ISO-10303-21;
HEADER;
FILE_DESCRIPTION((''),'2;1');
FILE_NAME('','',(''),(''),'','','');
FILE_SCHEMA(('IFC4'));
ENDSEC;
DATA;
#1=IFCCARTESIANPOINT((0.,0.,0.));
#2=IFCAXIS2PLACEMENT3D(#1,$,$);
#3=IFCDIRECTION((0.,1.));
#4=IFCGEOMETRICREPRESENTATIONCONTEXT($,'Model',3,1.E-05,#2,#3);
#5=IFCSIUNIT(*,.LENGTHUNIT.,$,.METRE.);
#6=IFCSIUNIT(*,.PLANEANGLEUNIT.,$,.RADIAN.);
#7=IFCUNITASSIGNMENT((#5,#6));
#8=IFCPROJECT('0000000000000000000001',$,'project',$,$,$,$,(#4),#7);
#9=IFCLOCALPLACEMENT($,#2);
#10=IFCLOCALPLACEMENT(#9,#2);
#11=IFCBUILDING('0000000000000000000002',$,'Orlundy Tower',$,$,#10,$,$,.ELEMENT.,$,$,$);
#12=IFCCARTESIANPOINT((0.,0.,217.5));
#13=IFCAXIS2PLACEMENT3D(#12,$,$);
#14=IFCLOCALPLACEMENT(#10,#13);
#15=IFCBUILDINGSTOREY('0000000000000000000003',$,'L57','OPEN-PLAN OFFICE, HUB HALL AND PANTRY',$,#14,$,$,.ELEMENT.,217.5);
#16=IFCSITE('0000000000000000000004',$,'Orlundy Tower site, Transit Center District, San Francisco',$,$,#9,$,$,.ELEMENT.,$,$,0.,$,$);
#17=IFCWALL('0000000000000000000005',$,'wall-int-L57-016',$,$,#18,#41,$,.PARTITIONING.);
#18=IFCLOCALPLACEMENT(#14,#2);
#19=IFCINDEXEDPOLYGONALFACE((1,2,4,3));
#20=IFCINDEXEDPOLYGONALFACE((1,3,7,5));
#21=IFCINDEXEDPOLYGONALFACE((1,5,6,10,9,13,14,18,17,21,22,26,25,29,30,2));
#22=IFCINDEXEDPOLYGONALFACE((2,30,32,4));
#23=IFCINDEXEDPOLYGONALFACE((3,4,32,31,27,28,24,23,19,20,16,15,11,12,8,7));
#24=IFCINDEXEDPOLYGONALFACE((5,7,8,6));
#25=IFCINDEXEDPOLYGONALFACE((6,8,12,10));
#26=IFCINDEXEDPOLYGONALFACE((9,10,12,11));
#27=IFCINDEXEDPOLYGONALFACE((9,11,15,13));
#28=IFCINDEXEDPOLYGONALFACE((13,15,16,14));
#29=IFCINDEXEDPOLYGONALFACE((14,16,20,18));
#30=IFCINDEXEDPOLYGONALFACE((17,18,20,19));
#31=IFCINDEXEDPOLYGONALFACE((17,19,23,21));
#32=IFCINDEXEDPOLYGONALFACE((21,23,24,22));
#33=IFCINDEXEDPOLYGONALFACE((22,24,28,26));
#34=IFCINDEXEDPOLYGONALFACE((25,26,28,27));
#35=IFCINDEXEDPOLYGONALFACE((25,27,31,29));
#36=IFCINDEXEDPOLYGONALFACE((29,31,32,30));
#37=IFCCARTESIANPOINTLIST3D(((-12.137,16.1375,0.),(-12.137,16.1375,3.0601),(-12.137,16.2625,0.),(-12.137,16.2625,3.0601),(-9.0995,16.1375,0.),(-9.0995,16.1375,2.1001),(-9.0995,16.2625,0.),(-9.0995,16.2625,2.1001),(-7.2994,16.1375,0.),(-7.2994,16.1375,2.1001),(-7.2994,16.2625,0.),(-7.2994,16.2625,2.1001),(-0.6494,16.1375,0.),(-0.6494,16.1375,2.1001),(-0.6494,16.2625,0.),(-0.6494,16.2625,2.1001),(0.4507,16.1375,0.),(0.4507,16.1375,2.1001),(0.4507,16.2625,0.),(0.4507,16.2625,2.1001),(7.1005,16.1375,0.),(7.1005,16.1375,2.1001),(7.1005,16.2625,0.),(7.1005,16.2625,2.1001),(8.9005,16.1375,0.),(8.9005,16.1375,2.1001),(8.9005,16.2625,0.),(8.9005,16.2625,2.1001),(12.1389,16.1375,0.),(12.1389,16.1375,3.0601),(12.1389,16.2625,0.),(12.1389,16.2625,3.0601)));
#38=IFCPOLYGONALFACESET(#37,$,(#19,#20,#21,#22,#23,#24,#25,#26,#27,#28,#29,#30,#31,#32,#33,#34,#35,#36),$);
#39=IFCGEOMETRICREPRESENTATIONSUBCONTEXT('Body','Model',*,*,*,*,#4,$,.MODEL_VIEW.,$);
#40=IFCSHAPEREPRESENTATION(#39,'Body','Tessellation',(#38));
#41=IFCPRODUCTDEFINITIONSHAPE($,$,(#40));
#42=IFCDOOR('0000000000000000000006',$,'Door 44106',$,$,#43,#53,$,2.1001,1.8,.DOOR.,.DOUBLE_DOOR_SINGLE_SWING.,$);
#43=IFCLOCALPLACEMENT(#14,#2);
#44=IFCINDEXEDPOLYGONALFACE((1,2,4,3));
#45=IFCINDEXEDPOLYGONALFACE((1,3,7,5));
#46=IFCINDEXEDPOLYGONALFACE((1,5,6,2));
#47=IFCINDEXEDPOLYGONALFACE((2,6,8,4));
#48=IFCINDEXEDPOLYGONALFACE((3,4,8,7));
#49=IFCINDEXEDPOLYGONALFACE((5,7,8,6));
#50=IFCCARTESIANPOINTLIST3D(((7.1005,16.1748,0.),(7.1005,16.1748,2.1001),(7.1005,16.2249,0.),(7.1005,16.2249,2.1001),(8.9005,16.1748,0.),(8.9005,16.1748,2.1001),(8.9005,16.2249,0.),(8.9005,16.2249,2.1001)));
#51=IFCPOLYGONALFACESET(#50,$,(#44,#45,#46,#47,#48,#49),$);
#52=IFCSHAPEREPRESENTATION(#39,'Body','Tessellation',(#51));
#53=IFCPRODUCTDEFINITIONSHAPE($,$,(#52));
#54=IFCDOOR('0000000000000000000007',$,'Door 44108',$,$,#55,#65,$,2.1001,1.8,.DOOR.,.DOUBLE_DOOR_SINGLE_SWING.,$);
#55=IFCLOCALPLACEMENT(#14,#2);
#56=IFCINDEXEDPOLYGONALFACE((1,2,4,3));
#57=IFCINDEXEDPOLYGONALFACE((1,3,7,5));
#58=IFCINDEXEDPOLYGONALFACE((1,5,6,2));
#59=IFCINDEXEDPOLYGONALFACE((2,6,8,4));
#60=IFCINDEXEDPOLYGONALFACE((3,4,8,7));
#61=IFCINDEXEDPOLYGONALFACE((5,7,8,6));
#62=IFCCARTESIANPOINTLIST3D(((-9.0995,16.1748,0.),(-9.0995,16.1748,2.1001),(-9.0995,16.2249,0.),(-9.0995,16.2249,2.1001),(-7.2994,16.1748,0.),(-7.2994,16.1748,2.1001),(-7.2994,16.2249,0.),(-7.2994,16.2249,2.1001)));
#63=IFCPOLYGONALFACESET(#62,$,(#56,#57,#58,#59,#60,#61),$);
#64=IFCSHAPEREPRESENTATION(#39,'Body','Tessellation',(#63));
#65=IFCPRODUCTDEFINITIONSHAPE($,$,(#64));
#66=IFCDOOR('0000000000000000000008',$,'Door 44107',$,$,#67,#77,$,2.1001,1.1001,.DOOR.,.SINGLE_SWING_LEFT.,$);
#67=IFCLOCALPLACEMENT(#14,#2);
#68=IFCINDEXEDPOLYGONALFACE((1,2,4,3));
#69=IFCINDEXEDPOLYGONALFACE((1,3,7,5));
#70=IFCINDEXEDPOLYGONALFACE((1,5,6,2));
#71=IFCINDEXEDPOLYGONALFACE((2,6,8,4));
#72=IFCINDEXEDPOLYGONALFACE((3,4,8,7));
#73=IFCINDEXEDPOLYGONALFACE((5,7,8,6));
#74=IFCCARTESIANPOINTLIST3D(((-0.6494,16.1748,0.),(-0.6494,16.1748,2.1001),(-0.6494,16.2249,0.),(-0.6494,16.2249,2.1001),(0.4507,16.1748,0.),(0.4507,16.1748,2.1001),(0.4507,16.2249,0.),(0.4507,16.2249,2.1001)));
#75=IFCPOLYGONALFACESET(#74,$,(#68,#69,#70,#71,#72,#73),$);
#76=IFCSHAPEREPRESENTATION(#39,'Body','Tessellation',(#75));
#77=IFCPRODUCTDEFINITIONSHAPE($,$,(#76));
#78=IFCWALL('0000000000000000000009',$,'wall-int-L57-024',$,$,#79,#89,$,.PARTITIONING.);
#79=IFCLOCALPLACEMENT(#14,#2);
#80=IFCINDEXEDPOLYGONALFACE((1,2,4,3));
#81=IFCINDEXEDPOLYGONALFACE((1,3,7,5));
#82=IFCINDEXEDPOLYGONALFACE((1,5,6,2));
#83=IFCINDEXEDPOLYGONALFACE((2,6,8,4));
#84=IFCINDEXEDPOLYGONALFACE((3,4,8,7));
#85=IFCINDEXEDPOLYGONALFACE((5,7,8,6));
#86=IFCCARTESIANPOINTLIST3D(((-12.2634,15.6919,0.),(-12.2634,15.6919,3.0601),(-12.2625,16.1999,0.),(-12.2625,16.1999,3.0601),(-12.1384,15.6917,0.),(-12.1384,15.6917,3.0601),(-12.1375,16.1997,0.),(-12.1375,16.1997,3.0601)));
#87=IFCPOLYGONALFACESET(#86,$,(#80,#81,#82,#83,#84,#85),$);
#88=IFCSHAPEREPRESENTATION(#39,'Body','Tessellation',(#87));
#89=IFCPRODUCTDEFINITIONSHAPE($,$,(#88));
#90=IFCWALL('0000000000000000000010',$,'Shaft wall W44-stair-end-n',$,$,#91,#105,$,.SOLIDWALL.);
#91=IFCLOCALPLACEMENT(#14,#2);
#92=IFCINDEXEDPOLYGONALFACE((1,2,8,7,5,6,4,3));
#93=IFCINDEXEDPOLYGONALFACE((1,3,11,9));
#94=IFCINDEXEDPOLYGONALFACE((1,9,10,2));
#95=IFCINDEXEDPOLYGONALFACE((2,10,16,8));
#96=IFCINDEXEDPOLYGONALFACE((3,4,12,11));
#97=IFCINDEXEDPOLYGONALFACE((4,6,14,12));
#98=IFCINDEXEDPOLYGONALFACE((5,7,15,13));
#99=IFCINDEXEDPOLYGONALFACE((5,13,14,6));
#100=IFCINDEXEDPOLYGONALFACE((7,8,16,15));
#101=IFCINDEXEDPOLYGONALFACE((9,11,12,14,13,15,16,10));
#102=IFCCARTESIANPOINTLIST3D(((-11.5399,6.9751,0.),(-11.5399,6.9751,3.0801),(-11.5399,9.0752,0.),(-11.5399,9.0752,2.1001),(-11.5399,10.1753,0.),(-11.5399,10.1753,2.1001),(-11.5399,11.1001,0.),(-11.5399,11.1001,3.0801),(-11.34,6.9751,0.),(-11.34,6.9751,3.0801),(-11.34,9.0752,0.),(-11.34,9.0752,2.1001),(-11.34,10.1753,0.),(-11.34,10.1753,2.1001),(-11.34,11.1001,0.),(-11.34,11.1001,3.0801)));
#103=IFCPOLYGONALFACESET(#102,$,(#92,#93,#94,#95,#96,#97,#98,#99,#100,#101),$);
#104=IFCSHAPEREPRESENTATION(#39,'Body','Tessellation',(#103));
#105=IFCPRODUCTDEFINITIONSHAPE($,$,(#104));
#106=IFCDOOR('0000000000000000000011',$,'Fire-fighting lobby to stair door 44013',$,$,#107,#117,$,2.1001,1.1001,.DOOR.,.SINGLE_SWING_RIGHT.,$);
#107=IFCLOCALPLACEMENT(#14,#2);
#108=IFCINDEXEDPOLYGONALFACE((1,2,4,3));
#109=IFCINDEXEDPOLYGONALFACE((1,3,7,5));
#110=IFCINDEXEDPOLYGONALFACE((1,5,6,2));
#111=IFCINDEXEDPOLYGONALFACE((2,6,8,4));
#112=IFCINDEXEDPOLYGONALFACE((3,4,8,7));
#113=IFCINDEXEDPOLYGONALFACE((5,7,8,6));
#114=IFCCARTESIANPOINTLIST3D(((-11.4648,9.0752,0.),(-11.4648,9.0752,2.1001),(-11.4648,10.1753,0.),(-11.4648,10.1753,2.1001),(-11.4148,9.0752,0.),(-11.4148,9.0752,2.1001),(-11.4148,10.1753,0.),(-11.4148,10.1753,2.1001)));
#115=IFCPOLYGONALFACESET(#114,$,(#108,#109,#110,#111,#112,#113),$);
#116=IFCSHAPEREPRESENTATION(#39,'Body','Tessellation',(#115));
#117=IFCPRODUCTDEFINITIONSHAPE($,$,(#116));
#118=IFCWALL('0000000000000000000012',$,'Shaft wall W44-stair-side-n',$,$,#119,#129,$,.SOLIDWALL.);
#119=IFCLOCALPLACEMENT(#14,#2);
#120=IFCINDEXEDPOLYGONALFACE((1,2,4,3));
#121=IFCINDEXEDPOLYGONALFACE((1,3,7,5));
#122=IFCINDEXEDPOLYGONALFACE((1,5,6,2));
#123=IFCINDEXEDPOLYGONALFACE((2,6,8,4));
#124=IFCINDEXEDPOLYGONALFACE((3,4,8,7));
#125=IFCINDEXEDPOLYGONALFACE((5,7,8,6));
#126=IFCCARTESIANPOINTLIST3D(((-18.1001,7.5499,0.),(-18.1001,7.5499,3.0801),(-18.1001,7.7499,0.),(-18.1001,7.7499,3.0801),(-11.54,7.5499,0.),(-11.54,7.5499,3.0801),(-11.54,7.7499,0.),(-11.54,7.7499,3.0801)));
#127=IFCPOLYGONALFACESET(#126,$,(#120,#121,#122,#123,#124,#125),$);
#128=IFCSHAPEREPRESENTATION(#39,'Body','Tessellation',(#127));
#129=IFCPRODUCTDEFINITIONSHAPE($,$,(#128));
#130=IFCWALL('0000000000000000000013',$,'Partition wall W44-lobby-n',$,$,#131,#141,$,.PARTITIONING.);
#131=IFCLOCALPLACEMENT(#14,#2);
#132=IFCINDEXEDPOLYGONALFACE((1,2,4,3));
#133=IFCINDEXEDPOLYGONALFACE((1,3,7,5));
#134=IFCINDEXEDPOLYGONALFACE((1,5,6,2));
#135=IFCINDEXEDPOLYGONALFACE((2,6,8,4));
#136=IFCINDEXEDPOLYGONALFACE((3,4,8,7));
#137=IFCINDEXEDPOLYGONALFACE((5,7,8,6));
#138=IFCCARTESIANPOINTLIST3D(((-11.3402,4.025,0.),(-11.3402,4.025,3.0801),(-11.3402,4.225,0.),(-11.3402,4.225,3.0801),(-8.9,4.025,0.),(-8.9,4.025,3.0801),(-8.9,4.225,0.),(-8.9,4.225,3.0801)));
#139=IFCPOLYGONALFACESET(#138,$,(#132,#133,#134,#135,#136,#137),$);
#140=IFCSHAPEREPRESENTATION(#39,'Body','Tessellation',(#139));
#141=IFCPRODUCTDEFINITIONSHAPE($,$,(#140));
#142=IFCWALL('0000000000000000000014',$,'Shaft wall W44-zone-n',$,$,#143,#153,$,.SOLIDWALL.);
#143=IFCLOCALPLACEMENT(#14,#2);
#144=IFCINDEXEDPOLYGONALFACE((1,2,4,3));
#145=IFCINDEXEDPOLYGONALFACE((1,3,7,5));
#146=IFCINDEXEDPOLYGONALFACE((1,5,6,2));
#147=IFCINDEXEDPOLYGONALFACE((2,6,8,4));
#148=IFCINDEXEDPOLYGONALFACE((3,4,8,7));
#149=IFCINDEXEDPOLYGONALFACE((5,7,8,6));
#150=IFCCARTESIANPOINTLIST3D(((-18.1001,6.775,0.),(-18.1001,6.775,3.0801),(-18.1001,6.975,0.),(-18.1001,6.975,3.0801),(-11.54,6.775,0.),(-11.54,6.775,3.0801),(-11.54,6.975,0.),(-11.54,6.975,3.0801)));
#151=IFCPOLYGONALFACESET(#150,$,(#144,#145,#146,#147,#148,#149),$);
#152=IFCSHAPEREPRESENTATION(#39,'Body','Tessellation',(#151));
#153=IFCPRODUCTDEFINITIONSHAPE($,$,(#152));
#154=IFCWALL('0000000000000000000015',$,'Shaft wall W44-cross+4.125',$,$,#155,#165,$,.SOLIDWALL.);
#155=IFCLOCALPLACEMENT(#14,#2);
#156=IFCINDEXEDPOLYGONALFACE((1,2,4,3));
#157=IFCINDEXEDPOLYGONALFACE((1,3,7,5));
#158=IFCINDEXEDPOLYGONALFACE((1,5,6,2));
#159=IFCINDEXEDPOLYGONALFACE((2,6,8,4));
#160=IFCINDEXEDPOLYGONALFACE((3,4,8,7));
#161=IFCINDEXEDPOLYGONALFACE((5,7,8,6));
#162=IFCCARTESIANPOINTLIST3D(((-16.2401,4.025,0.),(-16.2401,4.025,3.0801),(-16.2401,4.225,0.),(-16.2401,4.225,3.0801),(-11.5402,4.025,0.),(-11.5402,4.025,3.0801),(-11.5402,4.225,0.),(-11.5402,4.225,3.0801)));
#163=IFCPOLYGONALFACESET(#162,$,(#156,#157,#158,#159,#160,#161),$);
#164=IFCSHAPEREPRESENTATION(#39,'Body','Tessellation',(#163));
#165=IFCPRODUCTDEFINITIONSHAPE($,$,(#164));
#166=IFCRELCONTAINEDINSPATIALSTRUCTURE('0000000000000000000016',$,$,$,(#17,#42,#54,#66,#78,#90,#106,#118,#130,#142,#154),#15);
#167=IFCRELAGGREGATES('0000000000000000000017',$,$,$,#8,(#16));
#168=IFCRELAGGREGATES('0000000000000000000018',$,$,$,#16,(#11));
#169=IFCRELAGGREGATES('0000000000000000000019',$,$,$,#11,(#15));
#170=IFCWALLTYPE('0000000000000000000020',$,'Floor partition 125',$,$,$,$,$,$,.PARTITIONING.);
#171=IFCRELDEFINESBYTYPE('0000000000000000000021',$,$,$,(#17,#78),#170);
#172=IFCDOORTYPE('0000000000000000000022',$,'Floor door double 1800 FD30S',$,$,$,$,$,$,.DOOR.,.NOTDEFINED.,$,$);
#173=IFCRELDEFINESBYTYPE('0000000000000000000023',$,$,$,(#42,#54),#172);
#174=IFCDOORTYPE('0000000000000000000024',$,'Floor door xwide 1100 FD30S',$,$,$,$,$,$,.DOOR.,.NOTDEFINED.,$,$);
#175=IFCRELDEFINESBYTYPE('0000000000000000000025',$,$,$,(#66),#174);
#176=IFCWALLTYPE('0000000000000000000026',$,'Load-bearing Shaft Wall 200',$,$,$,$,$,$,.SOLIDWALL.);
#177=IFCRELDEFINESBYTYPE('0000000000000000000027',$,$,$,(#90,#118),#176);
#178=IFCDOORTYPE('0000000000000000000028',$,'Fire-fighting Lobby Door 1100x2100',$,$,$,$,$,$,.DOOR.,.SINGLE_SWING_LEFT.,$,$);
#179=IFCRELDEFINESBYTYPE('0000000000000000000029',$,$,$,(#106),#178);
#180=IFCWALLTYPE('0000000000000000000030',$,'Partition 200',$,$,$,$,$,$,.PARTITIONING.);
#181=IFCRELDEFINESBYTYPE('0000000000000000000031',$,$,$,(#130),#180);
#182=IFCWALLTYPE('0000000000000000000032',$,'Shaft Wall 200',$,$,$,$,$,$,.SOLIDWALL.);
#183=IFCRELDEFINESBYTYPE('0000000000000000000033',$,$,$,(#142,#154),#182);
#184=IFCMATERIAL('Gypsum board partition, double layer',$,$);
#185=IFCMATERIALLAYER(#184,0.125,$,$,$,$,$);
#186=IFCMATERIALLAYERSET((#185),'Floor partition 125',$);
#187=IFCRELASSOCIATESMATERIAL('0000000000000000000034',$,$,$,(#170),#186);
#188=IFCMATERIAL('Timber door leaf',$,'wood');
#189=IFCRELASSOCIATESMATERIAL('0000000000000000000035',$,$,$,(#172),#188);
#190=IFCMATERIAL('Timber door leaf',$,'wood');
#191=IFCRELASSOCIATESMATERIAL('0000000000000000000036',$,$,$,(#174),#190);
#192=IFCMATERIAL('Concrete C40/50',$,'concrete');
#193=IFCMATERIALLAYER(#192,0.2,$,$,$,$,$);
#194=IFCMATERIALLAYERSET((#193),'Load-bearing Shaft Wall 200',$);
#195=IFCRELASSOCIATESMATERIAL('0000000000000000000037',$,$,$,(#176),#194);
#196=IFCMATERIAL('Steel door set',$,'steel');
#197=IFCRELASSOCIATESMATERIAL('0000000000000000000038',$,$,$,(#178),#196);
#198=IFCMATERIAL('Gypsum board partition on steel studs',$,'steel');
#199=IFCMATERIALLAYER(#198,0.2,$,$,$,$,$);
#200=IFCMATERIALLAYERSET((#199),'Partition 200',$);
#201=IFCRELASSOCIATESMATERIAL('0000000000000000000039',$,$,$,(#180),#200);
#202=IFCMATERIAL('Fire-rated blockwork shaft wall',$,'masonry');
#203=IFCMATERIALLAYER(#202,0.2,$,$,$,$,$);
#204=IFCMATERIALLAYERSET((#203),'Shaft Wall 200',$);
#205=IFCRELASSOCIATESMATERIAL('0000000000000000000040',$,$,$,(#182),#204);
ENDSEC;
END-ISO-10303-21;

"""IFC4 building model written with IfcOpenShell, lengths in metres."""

from ifc_helpers import new_model, si_unit, direction, frame, frame_2d, origin, place, context, subcontext, project, spatial, rectangle, extrude, material, layer, layer_set, type_object, element, fill, save


model = new_model("IFC4")

# Units and contexts
model_context = context("Model", 3, precision=1e-05, world=origin(), true_north=direction((0.0, 1.0)))
body_context = subcontext(model_context, "Body", "Model", "MODEL_VIEW")
ifc_project = project(units=[si_unit("LENGTHUNIT", "METRE"), si_unit("PLANEANGLEUNIT", "RADIAN")], contexts=[model_context])

# Site, building, storey
site_placement = place(None, origin())
site = spatial("IfcSite", under=ifc_project, at=site_placement, Name="Orlundy Tower site, Transit Center District, San Francisco", CompositionType="ELEMENT", RefElevation=0.0)
building_placement = place(site_placement, origin())
building = spatial("IfcBuilding", under=site, at=building_placement, Name="Orlundy Tower", CompositionType="ELEMENT")
storey_placement = place(building_placement, frame((0.0, 0.0, 217.5)))
storey = spatial("IfcBuildingStorey", under=building, at=storey_placement, Name="L57", Description="OPEN-PLAN OFFICE, HUB HALL AND PANTRY", CompositionType="ELEMENT", Elevation=217.5)

# Shared definitions
ifc_material_1 = material(Name="Gypsum board partition, double layer")
ifc_layer_1 = layer(ifc_material_1, 0.125)
ifc_layer_set_1 = layer_set([ifc_layer_1], Name="Floor partition 125")
wall_type_1 = type_object("IfcWallType", Name="Floor partition 125", PredefinedType="PARTITIONING", material=ifc_layer_set_1)

# Wall, openings, doors
wall_1_placement = place(storey_placement, frame((-12.137, 16.2, 0.0), z_axis=(0.0, 0.0, 1.0), x_axis=(1.0, 0.0, 0.0)))
wall_1 = element("IfcWall", 1, at=wall_1_placement, inside=storey, type_object=wall_type_1, Name="wall-int-L57-016", PredefinedType="PARTITIONING", context=body_context, shape_type="SweptSolid", body=[
    extrude(rectangle(XDim=24.2759, YDim=0.125, at=frame_2d((12.1379, 0.0))), origin(), (0.0, 0.0, 1.0), 3.0601),
])
opening_1_placement = place(wall_1_placement, frame((19.2375, 0.0, 0.0)))
opening_1 = element("IfcOpeningElement", 2, at=opening_1_placement, cuts=wall_1, PredefinedType="OPENING", context=body_context, shape_type="SweptSolid", body=[
    extrude(rectangle(XDim=1.8, YDim=2.1001, at=frame_2d((0.8999, 1.05))), frame((0.0, 0.0725, 0.0), z_axis=(0.0, -1.0, 0.0), x_axis=(1.0, 0.0, 0.0)), (0.0, 0.0, 1.0), 0.145),
])
opening_2_placement = place(wall_1_placement, frame((11.4875, 0.0, 0.0)))
opening_2 = element("IfcOpeningElement", 3, at=opening_2_placement, cuts=wall_1, PredefinedType="OPENING", context=body_context, shape_type="SweptSolid", body=[
    extrude(rectangle(XDim=1.1001, YDim=2.1001, at=frame_2d((0.55, 1.05))), frame((0.0, 0.0725, 0.0), z_axis=(0.0, -1.0, 0.0), x_axis=(1.0, 0.0, 0.0)), (0.0, 0.0, 1.0), 0.145),
])
opening_3_placement = place(wall_1_placement, frame((3.0376, 0.0, 0.0)))
opening_3 = element("IfcOpeningElement", 4, at=opening_3_placement, cuts=wall_1, PredefinedType="OPENING", context=body_context, shape_type="SweptSolid", body=[
    extrude(rectangle(XDim=1.8, YDim=2.1001, at=frame_2d((0.8999, 1.05))), frame((0.0, 0.0725, 0.0), z_axis=(0.0, -1.0, 0.0), x_axis=(1.0, 0.0, 0.0)), (0.0, 0.0, 1.0), 0.145),
])
ifc_material_2 = material(Name="Timber door leaf", Category="wood")
door_type_1 = type_object("IfcDoorType", Name="Floor door double 1800 FD30S", OperationType="NOTDEFINED", PredefinedType="DOOR", material=ifc_material_2)
door_1_placement = place(opening_1_placement, origin())
door_1 = element("IfcDoor", 5, at=door_1_placement, inside=storey, type_object=door_type_1, Name="Door 44106", OperationType="DOUBLE_DOOR_SINGLE_SWING", OverallHeight=2.1001, OverallWidth=1.8, PredefinedType="DOOR", context=body_context, shape_type="SweptSolid", body=[
    extrude(rectangle(XDim=1.8, YDim=2.1001, at=frame_2d((0.8999, 1.05))), frame((0.0, 0.0249, 0.0), z_axis=(0.0, -1.0, 0.0), x_axis=(1.0, 0.0, 0.0)), (0.0, 0.0, 1.0), 0.05),
])
fill(opening_1, door_1)
door_2_placement = place(opening_3_placement, origin())
door_2 = element("IfcDoor", 6, at=door_2_placement, inside=storey, type_object=door_type_1, Name="Door 44108", OperationType="DOUBLE_DOOR_SINGLE_SWING", OverallHeight=2.1001, OverallWidth=1.8, PredefinedType="DOOR", context=body_context, shape_type="SweptSolid", body=[
    extrude(rectangle(XDim=1.8, YDim=2.1001, at=frame_2d((0.8999, 1.05))), frame((0.0, 0.0249, 0.0), z_axis=(0.0, -1.0, 0.0), x_axis=(1.0, 0.0, 0.0)), (0.0, 0.0, 1.0), 0.05),
])
fill(opening_3, door_2)
ifc_material_3 = material(Name="Timber door leaf", Category="wood")
door_type_2 = type_object("IfcDoorType", Name="Floor door xwide 1100 FD30S", OperationType="NOTDEFINED", PredefinedType="DOOR", material=ifc_material_3)
door_3_placement = place(opening_2_placement, origin())
door_3 = element("IfcDoor", 7, at=door_3_placement, inside=storey, type_object=door_type_2, Name="Door 44107", OperationType="SINGLE_SWING_LEFT", OverallHeight=2.1001, OverallWidth=1.1001, PredefinedType="DOOR", context=body_context, shape_type="SweptSolid", body=[
    extrude(rectangle(XDim=1.1001, YDim=2.1001, at=frame_2d((0.55, 1.05))), frame((0.0, 0.0249, 0.0), z_axis=(0.0, -1.0, 0.0), x_axis=(1.0, 0.0, 0.0)), (0.0, 0.0, 1.0), 0.05),
])
fill(opening_2, door_3)

# Wall
wall_2_placement = place(storey_placement, frame((-12.2009, 15.6919, 0.0), z_axis=(0.0, 0.0, 1.0), x_axis=(0.001922, 0.999998, 0.0)))
element("IfcWall", 8, at=wall_2_placement, inside=storey, type_object=wall_type_1, Name="wall-int-L57-024", PredefinedType="PARTITIONING", context=body_context, shape_type="SweptSolid", body=[
    extrude(rectangle(XDim=0.5081, YDim=0.125, at=frame_2d((0.2539, 0.0))), origin(), (0.0, 0.0, 1.0), 3.0601),
])

# Wall, opening, door
ifc_material_4 = material(Name="Concrete C40/50", Category="concrete")
ifc_layer_2 = layer(ifc_material_4, 0.2)
ifc_layer_set_2 = layer_set([ifc_layer_2], Name="Load-bearing Shaft Wall 200")
wall_type_2 = type_object("IfcWallType", Name="Load-bearing Shaft Wall 200", PredefinedType="SOLIDWALL", material=ifc_layer_set_2)
wall_3_placement = place(storey_placement, frame((-11.4399, 6.9751, 0.0), z_axis=(0.0, 0.0, 1.0), x_axis=(0.0, 1.0, 0.0)))
wall_3 = element("IfcWall", 9, at=wall_3_placement, inside=storey, type_object=wall_type_2, Name="Shaft wall W44-stair-end-n", PredefinedType="SOLIDWALL", context=body_context, shape_type="SweptSolid", body=[
    extrude(rectangle(XDim=4.125, YDim=0.2, at=frame_2d((2.0625, 0.0))), origin(), (0.0, 0.0, 1.0), 3.0801),
])
opening_4_placement = place(wall_3_placement, frame((2.1001, 0.0, 0.0)))
opening_4 = element("IfcOpeningElement", 10, at=opening_4_placement, cuts=wall_3, PredefinedType="OPENING", context=body_context, shape_type="SweptSolid", body=[
    extrude(rectangle(XDim=1.1001, YDim=2.1001, at=frame_2d((0.55, 1.05))), frame((0.0, 0.1101, 0.0), z_axis=(0.0, -1.0, 0.0), x_axis=(1.0, 0.0, 0.0)), (0.0, 0.0, 1.0), 0.2202),
])
ifc_material_5 = material(Name="Steel door set", Category="steel")
door_type_3 = type_object("IfcDoorType", Name="Fire-fighting Lobby Door 1100x2100", OperationType="SINGLE_SWING_LEFT", PredefinedType="DOOR", material=ifc_material_5)
door_4_placement = place(opening_4_placement, origin())
door_4 = element("IfcDoor", 11, at=door_4_placement, inside=storey, type_object=door_type_3, Name="Fire-fighting lobby to stair door 44013", OperationType="SINGLE_SWING_RIGHT", OverallHeight=2.1001, OverallWidth=1.1001, PredefinedType="DOOR", context=body_context, shape_type="SweptSolid", body=[
    extrude(rectangle(XDim=1.1001, YDim=2.1001, at=frame_2d((0.55, 1.05))), frame((0.0, 0.0249, 0.0), z_axis=(0.0, -1.0, 0.0), x_axis=(1.0, 0.0, 0.0)), (0.0, 0.0, 1.0), 0.05),
])
fill(opening_4, door_4)

# Walls
wall_4_placement = place(storey_placement, frame((-11.54, 7.6499, 0.0), z_axis=(0.0, 0.0, 1.0), x_axis=(-1.0, 0.0, 0.0)))
element("IfcWall", 12, at=wall_4_placement, inside=storey, type_object=wall_type_2, Name="Shaft wall W44-stair-side-n", PredefinedType="SOLIDWALL", context=body_context, shape_type="SweptSolid", body=[
    extrude(rectangle(XDim=6.5601, YDim=0.2, at=frame_2d((3.28, 0.0))), origin(), (0.0, 0.0, 1.0), 3.0801),
])
ifc_material_6 = material(Name="Gypsum board partition on steel studs", Category="steel")
ifc_layer_3 = layer(ifc_material_6, 0.2)
ifc_layer_set_3 = layer_set([ifc_layer_3], Name="Partition 200")
wall_type_3 = type_object("IfcWallType", Name="Partition 200", PredefinedType="PARTITIONING", material=ifc_layer_set_3)
wall_5_placement = place(storey_placement, frame((-8.8999, 4.125, 0.0), z_axis=(0.0, 0.0, 1.0), x_axis=(-1.0, 0.0, 0.0)))
element("IfcWall", 13, at=wall_5_placement, inside=storey, type_object=wall_type_3, Name="Partition wall W44-lobby-n", PredefinedType="PARTITIONING", context=body_context, shape_type="SweptSolid", body=[
    extrude(rectangle(XDim=2.4402, YDim=0.2, at=frame_2d((1.2202, 0.0))), origin(), (0.0, 0.0, 1.0), 3.0801),
])
ifc_material_7 = material(Name="Fire-rated blockwork shaft wall", Category="masonry")
ifc_layer_4 = layer(ifc_material_7, 0.2)
ifc_layer_set_4 = layer_set([ifc_layer_4], Name="Shaft Wall 200")
wall_type_4 = type_object("IfcWallType", Name="Shaft Wall 200", PredefinedType="SOLIDWALL", material=ifc_layer_set_4)
wall_6_placement = place(storey_placement, frame((-11.54, 6.875, 0.0), z_axis=(0.0, 0.0, 1.0), x_axis=(-1.0, 0.0, 0.0)))
element("IfcWall", 14, at=wall_6_placement, inside=storey, type_object=wall_type_4, Name="Shaft wall W44-zone-n", PredefinedType="SOLIDWALL", context=body_context, shape_type="SweptSolid", body=[
    extrude(rectangle(XDim=6.5601, YDim=0.2, at=frame_2d((3.28, 0.0))), origin(), (0.0, 0.0, 1.0), 3.0801),
])
wall_7_placement = place(storey_placement, frame((-11.54, 4.125, 0.0), z_axis=(0.0, 0.0, 1.0), x_axis=(-1.0, 0.0, 0.0)))
element("IfcWall", 15, at=wall_7_placement, inside=storey, type_object=wall_type_4, Name="Shaft wall W44-cross+4.125", PredefinedType="SOLIDWALL", context=body_context, shape_type="SweptSolid", body=[
    extrude(rectangle(XDim=4.7, YDim=0.2, at=frame_2d((2.3501, 0.0))), origin(), (0.0, 0.0, 1.0), 3.0801),
])

save(model, "model.ifc")
